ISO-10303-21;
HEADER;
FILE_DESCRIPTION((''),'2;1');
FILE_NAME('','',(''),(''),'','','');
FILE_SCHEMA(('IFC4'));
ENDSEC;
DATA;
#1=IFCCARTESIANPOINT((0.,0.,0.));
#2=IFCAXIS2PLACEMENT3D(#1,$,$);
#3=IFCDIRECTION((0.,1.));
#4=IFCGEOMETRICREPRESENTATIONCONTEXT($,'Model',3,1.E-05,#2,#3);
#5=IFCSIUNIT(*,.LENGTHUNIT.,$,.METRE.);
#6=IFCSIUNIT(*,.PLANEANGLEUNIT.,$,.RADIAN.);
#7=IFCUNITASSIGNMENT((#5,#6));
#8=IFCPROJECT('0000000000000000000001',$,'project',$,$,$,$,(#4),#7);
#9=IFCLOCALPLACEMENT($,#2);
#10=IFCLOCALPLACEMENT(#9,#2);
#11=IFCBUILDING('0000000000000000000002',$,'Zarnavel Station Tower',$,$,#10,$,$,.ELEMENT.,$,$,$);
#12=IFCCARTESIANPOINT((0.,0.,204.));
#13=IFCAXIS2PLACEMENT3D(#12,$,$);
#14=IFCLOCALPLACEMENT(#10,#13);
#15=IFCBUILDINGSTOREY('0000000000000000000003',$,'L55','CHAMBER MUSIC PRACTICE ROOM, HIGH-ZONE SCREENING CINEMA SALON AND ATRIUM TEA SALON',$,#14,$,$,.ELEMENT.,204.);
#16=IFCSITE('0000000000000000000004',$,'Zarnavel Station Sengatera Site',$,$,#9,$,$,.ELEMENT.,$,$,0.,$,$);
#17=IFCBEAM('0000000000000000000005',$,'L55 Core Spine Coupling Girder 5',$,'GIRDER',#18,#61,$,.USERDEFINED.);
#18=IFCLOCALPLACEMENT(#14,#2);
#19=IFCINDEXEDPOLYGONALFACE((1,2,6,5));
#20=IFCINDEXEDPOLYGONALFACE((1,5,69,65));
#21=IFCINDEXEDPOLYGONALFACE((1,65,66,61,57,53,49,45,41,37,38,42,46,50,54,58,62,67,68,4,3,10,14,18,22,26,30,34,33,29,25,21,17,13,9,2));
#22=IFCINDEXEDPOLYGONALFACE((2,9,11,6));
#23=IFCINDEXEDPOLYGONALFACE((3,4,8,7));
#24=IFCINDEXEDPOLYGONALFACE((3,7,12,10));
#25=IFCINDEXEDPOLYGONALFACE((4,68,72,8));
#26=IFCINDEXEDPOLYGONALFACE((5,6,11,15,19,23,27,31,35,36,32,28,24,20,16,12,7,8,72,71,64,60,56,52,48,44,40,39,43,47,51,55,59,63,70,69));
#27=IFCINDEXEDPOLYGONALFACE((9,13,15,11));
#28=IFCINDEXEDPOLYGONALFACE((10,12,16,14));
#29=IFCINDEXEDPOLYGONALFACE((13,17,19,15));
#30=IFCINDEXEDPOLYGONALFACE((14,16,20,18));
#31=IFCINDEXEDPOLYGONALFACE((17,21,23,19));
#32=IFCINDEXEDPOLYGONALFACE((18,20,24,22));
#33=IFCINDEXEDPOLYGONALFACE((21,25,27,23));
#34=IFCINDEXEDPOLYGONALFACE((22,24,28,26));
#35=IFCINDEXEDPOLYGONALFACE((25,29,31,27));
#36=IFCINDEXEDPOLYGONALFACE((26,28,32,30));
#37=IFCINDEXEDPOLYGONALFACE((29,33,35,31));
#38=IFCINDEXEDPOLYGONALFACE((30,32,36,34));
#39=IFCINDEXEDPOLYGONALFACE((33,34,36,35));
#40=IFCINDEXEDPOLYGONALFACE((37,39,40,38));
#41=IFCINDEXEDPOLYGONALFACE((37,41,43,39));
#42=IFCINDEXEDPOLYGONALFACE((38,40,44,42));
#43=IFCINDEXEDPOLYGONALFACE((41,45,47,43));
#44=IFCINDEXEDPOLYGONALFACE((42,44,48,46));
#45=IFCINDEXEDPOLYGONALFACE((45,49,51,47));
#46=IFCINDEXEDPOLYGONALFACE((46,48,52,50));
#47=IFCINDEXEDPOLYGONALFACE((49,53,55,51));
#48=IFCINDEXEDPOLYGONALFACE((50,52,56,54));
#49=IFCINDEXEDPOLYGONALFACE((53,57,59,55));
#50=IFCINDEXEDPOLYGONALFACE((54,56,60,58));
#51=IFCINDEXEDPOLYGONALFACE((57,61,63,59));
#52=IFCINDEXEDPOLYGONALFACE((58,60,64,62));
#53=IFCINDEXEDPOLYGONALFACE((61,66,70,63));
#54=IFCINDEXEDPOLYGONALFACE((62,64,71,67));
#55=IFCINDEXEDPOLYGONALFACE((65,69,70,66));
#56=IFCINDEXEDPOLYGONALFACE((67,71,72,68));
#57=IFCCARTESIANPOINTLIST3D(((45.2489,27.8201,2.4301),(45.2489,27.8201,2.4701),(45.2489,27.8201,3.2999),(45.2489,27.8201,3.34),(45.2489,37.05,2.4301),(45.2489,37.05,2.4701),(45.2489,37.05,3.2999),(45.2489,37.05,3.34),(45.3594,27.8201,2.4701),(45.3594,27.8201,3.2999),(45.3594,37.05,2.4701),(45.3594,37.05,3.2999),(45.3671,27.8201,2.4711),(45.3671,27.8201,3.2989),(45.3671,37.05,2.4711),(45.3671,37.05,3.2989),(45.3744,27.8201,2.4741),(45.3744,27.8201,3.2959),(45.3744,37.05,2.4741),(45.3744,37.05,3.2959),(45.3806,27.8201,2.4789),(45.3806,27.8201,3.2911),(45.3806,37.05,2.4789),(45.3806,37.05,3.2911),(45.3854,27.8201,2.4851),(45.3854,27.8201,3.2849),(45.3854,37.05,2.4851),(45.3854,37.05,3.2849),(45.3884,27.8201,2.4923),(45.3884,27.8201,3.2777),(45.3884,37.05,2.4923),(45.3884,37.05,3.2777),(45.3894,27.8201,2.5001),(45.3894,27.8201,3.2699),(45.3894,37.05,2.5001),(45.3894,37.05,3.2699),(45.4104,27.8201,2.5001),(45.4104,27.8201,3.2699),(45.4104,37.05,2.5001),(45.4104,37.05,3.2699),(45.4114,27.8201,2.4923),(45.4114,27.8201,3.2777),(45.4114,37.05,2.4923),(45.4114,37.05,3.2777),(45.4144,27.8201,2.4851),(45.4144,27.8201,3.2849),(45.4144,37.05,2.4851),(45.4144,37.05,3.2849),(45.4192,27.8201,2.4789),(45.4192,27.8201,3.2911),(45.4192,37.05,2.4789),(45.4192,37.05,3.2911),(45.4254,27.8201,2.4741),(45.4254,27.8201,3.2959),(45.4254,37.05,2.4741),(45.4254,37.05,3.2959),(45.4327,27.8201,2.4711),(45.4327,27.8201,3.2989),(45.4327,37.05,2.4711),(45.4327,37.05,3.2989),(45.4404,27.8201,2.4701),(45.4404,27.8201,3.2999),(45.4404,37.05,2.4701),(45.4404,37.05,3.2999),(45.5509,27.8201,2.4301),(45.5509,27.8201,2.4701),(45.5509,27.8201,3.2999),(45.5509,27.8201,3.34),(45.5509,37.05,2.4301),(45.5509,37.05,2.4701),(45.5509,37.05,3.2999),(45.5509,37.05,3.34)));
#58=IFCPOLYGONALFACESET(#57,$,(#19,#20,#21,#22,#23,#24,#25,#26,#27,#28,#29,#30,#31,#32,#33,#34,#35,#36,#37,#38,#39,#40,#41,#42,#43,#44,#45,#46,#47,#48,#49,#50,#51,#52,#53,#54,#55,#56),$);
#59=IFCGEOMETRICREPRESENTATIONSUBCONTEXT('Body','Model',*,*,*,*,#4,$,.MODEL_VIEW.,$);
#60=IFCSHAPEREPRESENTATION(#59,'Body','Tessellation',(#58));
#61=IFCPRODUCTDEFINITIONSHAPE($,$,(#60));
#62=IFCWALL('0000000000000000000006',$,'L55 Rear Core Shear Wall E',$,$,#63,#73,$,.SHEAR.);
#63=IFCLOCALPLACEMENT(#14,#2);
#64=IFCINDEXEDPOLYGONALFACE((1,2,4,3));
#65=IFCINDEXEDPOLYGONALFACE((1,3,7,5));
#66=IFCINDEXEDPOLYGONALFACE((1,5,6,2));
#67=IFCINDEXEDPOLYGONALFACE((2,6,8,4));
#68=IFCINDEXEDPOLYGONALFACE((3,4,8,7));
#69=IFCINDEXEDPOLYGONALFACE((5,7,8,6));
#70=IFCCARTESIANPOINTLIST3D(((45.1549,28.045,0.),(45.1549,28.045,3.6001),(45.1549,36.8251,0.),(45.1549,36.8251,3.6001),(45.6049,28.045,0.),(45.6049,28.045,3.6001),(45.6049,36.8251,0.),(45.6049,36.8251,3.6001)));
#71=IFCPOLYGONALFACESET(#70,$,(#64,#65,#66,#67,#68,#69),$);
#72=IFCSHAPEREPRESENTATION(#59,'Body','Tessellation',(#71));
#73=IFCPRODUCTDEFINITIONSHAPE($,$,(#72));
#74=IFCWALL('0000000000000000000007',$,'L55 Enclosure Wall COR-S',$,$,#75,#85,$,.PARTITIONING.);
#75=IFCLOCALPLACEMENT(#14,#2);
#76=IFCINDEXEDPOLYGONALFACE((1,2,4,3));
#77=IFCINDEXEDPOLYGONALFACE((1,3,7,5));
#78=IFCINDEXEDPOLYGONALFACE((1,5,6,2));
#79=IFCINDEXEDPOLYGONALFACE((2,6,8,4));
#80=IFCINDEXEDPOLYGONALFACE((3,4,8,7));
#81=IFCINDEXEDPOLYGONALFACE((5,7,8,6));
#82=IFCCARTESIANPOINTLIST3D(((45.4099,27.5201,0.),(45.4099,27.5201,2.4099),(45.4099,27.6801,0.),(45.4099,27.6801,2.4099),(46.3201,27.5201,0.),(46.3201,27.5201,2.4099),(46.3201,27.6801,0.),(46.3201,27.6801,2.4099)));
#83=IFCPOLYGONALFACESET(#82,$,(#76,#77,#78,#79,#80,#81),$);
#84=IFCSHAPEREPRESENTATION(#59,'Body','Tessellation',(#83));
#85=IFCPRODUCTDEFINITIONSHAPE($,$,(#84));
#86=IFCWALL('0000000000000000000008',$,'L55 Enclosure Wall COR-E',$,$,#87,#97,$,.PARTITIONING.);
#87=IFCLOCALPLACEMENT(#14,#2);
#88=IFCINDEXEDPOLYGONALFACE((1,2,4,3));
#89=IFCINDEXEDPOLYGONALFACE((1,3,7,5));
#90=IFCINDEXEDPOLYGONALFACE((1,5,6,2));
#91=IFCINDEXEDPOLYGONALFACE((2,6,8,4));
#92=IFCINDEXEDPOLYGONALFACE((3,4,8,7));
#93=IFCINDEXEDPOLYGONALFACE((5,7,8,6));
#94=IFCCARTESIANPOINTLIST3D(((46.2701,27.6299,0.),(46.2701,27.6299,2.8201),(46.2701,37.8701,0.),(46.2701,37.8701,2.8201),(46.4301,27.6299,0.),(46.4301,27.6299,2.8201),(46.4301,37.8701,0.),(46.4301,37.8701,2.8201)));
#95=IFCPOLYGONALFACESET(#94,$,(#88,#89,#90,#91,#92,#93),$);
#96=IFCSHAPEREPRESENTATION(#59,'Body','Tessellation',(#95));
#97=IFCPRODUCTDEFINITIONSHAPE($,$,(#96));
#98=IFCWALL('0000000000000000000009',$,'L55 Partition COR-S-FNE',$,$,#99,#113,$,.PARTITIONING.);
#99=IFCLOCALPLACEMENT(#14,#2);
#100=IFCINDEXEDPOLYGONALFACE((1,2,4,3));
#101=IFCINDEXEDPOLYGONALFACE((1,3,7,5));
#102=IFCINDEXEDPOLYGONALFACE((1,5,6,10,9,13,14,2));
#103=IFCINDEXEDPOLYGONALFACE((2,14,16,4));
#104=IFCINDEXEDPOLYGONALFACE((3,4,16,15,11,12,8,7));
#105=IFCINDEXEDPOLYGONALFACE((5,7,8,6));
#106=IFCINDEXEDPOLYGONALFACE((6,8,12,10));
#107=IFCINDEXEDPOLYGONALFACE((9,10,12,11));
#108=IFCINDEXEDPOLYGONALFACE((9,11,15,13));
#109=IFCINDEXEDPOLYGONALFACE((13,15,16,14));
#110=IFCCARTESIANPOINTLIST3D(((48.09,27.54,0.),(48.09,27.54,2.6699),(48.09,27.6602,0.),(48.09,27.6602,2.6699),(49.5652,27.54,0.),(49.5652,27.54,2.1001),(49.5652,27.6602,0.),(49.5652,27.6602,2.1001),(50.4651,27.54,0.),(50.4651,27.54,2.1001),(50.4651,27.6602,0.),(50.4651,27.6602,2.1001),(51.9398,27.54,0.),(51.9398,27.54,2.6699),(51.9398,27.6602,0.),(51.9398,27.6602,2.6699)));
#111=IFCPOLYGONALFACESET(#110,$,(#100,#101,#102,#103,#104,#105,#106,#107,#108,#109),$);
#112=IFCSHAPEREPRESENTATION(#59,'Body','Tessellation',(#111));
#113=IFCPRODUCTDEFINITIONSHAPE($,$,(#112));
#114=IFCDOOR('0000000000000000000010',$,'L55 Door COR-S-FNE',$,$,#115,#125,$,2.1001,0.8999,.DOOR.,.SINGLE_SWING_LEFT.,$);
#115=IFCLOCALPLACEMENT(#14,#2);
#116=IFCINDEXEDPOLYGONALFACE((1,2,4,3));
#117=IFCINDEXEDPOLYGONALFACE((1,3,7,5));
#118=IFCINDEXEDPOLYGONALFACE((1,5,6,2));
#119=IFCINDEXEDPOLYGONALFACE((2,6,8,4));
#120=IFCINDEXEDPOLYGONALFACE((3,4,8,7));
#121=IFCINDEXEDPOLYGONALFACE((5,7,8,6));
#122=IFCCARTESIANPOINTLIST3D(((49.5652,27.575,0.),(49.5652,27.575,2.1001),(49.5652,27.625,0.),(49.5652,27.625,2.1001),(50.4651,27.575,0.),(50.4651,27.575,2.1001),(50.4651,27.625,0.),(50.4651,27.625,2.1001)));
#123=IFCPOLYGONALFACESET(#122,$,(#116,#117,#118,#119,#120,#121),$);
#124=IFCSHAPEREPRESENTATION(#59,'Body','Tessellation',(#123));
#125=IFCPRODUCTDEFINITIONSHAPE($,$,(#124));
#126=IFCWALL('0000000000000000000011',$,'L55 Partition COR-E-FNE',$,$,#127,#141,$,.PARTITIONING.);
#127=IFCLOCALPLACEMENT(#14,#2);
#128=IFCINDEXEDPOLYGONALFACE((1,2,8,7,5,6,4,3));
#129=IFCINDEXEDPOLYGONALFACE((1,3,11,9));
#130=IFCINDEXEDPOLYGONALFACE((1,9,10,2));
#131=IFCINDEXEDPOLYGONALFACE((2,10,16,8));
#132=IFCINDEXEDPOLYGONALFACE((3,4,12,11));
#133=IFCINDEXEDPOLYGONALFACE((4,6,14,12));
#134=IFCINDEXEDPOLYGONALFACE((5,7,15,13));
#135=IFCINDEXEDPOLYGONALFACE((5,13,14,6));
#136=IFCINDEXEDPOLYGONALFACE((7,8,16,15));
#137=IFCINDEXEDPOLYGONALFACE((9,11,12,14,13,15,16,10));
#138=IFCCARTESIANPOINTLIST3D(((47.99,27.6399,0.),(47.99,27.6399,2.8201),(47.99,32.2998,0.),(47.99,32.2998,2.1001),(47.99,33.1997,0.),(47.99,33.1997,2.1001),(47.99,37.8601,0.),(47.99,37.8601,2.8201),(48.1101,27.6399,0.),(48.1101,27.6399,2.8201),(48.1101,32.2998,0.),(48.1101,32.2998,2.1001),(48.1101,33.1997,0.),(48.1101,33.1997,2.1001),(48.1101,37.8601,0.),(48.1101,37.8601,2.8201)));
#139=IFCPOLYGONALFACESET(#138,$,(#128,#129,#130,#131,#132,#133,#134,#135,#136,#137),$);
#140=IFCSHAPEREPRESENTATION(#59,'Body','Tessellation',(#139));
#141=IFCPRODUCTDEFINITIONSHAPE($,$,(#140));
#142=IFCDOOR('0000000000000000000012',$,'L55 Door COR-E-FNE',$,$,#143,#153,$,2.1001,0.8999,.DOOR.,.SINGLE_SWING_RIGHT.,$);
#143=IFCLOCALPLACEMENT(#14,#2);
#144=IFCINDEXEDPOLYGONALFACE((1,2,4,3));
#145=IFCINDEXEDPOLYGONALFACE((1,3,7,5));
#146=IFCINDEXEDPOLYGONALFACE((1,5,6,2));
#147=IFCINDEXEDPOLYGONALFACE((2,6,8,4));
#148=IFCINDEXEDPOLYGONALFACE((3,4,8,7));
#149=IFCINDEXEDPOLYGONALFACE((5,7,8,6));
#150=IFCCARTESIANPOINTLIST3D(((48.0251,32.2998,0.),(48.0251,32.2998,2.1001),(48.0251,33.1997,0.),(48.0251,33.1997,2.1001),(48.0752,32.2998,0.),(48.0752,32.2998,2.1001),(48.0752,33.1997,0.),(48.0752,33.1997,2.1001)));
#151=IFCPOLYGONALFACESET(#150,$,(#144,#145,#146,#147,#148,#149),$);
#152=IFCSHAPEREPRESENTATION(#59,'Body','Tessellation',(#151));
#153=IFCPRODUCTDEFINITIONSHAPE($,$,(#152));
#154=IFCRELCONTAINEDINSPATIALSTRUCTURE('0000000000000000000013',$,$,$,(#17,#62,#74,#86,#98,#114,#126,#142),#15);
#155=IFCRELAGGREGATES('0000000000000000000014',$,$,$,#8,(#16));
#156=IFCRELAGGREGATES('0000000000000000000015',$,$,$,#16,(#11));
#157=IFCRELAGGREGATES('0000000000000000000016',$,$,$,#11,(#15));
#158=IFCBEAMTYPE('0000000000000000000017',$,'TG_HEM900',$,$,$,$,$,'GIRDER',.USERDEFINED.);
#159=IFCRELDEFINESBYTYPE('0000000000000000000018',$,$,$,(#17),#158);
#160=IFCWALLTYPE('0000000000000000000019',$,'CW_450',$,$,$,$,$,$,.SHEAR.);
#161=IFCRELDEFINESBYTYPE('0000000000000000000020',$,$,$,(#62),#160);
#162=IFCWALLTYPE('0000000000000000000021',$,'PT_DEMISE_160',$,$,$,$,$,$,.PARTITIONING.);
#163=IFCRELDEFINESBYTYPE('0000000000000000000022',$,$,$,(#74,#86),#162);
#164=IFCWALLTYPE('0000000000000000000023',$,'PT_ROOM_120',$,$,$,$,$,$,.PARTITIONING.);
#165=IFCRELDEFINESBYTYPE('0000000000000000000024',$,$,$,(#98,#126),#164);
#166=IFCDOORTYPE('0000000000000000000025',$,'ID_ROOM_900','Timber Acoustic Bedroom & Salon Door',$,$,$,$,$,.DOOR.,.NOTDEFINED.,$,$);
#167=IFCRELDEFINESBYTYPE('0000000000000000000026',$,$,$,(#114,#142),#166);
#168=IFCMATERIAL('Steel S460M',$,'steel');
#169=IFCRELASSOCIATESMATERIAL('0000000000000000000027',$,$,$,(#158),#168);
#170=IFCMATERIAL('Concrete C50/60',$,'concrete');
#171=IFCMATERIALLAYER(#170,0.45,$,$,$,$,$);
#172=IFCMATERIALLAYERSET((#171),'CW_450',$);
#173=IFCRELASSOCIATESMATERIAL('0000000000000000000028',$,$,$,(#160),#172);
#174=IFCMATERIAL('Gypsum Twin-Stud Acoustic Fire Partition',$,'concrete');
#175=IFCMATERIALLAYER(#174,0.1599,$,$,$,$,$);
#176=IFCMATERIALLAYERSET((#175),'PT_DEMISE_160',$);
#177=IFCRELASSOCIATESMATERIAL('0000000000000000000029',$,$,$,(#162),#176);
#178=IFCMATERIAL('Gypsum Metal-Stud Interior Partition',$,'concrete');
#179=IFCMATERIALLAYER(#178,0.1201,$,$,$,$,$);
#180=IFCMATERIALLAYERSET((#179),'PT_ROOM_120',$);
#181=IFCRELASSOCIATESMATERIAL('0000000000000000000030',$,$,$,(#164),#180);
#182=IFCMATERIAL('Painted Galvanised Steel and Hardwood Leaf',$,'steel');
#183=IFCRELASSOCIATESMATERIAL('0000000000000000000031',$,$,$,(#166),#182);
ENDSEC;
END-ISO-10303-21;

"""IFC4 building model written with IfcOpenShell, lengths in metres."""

from ifc_helpers import new_model, si_unit, direction, frame, frame_2d, origin, origin_2d, place, context, subcontext, project, spatial, rectangle, i_section, extrude, material, layer, layer_set, material_profile, profile_set, type_object, element, fill, save


model = new_model("IFC4")

# Units and contexts
model_context = context("Model", 3, precision=1e-05, world=origin(), true_north=direction((0.0, 1.0)))
body_context = subcontext(model_context, "Body", "Model", "MODEL_VIEW")
ifc_project = project(units=[si_unit("LENGTHUNIT", "METRE"), si_unit("PLANEANGLEUNIT", "RADIAN")], contexts=[model_context])

# Site, building, storey
site_placement = place(None, origin())
site = spatial("IfcSite", under=ifc_project, at=site_placement, Name="Zarnavel Station Sengatera Site", CompositionType="ELEMENT", RefElevation=0.0)
building_placement = place(site_placement, origin())
building = spatial("IfcBuilding", under=site, at=building_placement, Name="Zarnavel Station Tower", CompositionType="ELEMENT")
storey_placement = place(building_placement, frame((0.0, 0.0, 204.0)))
storey = spatial("IfcBuildingStorey", under=building, at=storey_placement, Name="L55", Description="CHAMBER MUSIC PRACTICE ROOM, HIGH-ZONE SCREENING CINEMA SALON AND ATRIUM TEA SALON", CompositionType="ELEMENT", Elevation=204.0)

# Beam
ifc_material_1 = material(Name="Steel S460M", Category="steel")
ifc_material_profile_1 = material_profile(ifc_material_1, i_section(OverallWidth=0.302, OverallDepth=0.9099, WebThickness=0.021, FlangeThickness=0.04, FilletRadius=0.03, at=origin_2d()), Name="HEM900")
ifc_profile_set_1 = profile_set([ifc_material_profile_1], Name="Steel S460M")
beam_type_1 = type_object("IfcBeamType", Name="TG_HEM900", ElementType="GIRDER", PredefinedType="USERDEFINED", material=ifc_profile_set_1)
beam_1_placement = place(storey_placement, frame((45.3999, 27.8201, 2.885), z_axis=(0.0, 1.0, 0.0), x_axis=(-1.0, 0.0, 0.0)))
element("IfcBeam", 1, at=beam_1_placement, inside=storey, type_object=beam_type_1, Name="L55 Core Spine Coupling Girder 5", ObjectType="GIRDER", PredefinedType="USERDEFINED", context=body_context, shape_type="SweptSolid", body=[
    extrude(i_section(OverallWidth=0.302, OverallDepth=0.9099, WebThickness=0.021, FlangeThickness=0.04, FilletRadius=0.03, at=origin_2d()), origin(), (0.0, 0.0, 1.0), 9.23),
])

# Shared definitions
ifc_material_2 = material(Name="Concrete C50/60", Category="concrete")
ifc_layer_1 = layer(ifc_material_2, 0.45)
ifc_layer_set_1 = layer_set([ifc_layer_1], Name="CW_450")
wall_type_1 = type_object("IfcWallType", Name="CW_450", PredefinedType="SHEAR", material=ifc_layer_set_1)

# Wall
wall_1_placement = place(storey_placement, frame((45.3799, 28.0449, 0.0), z_axis=(0.0, 0.0, 1.0), x_axis=(0.0, 1.0, 0.0)))
element("IfcWall", 2, at=wall_1_placement, inside=storey, type_object=wall_type_1, Name="L55 Rear Core Shear Wall E", PredefinedType="SHEAR", context=body_context, shape_type="SweptSolid", body=[
    extrude(rectangle(XDim=8.78, YDim=0.45, at=frame_2d((4.3901, 0.0))), origin(), (0.0, 0.0, 1.0), 3.6001),
])

# Shared definitions
ifc_material_3 = material(Name="Gypsum Twin-Stud Acoustic Fire Partition", Category="concrete")
ifc_layer_2 = layer(ifc_material_3, 0.1599)
ifc_layer_set_2 = layer_set([ifc_layer_2], Name="PT_DEMISE_160")
wall_type_2 = type_object("IfcWallType", Name="PT_DEMISE_160", PredefinedType="PARTITIONING", material=ifc_layer_set_2)

# Walls
wall_2_placement = place(storey_placement, frame((45.4099, 27.6001, 0.0), z_axis=(0.0, 0.0, 1.0), x_axis=(1.0, 0.0, 0.0)))
element("IfcWall", 3, at=wall_2_placement, inside=storey, type_object=wall_type_2, Name="L55 Enclosure Wall COR-S", PredefinedType="PARTITIONING", context=body_context, shape_type="SweptSolid", body=[
    extrude(rectangle(XDim=0.9102, YDim=0.1599, at=frame_2d((0.4551, 0.0))), origin(), (0.0, 0.0, 1.0), 2.4099),
])
wall_3_placement = place(storey_placement, frame((46.3501, 27.6299, 0.0), z_axis=(0.0, 0.0, 1.0), x_axis=(0.0, 1.0, 0.0)))
element("IfcWall", 4, at=wall_3_placement, inside=storey, type_object=wall_type_2, Name="L55 Enclosure Wall COR-E", PredefinedType="PARTITIONING", context=body_context, shape_type="SweptSolid", body=[
    extrude(rectangle(XDim=10.2402, YDim=0.1599, at=frame_2d((5.1201, 0.0))), origin(), (0.0, 0.0, 1.0), 2.8201),
])

# Walls, openings, doors
ifc_material_4 = material(Name="Gypsum Metal-Stud Interior Partition", Category="concrete")
ifc_layer_3 = layer(ifc_material_4, 0.1201)
ifc_layer_set_3 = layer_set([ifc_layer_3], Name="PT_ROOM_120")
wall_type_3 = type_object("IfcWallType", Name="PT_ROOM_120", PredefinedType="PARTITIONING", material=ifc_layer_set_3)
wall_4_placement = place(storey_placement, frame((48.0901, 27.6001, 0.0), z_axis=(0.0, 0.0, 1.0), x_axis=(1.0, 0.0, 0.0)))
wall_4 = element("IfcWall", 5, at=wall_4_placement, inside=storey, type_object=wall_type_3, Name="L55 Partition COR-S-FNE", PredefinedType="PARTITIONING", context=body_context, shape_type="SweptSolid", body=[
    extrude(rectangle(XDim=3.8499, YDim=0.1201, at=frame_2d((1.9248, 0.0))), origin(), (0.0, 0.0, 1.0), 2.6699),
])
opening_1_placement = place(wall_4_placement, frame((1.4751, 0.0, 0.0)))
opening_1 = element("IfcOpeningElement", 6, at=opening_1_placement, cuts=wall_4, PredefinedType="OPENING", context=body_context, shape_type="SweptSolid", body=[
    extrude(rectangle(XDim=0.8999, YDim=2.1001, at=frame_2d((0.45, 1.05))), frame((0.0, 0.0701, 0.0), z_axis=(0.0, -1.0, 0.0), x_axis=(1.0, 0.0, 0.0)), (0.0, 0.0, 1.0), 0.1401),
])
ifc_material_5 = material(Name="Painted Galvanised Steel and Hardwood Leaf", Category="steel")
door_type_1 = type_object("IfcDoorType", Name="ID_ROOM_900", Description="Timber Acoustic Bedroom & Salon Door", OperationType="NOTDEFINED", PredefinedType="DOOR", material=ifc_material_5)
door_1_placement = place(opening_1_placement, origin())
door_1 = element("IfcDoor", 7, at=door_1_placement, inside=storey, type_object=door_type_1, Name="L55 Door COR-S-FNE", OperationType="SINGLE_SWING_LEFT", OverallHeight=2.1001, OverallWidth=0.8999, PredefinedType="DOOR", context=body_context, shape_type="SweptSolid", body=[
    extrude(rectangle(XDim=0.8999, YDim=2.1001, at=frame_2d((0.45, 1.05))), frame((0.0, 0.0249, 0.0), z_axis=(0.0, -1.0, 0.0), x_axis=(1.0, 0.0, 0.0)), (0.0, 0.0, 1.0), 0.05),
])
fill(opening_1, door_1)
wall_5_placement = place(storey_placement, frame((48.05, 27.6399, 0.0), z_axis=(0.0, 0.0, 1.0), x_axis=(0.0, 1.0, 0.0)))
wall_5 = element("IfcWall", 8, at=wall_5_placement, inside=storey, type_object=wall_type_3, Name="L55 Partition COR-E-FNE", PredefinedType="PARTITIONING", context=body_context, shape_type="SweptSolid", body=[
    extrude(rectangle(XDim=10.2202, YDim=0.1201, at=frame_2d((5.1101, 0.0))), origin(), (0.0, 0.0, 1.0), 2.8201),
])
opening_2_placement = place(wall_5_placement, frame((4.6599, 0.0, 0.0)))
opening_2 = element("IfcOpeningElement", 9, at=opening_2_placement, cuts=wall_5, PredefinedType="OPENING", context=body_context, shape_type="SweptSolid", body=[
    extrude(rectangle(XDim=0.8999, YDim=2.1001, at=frame_2d((0.45, 1.05))), frame((0.0, 0.0701, 0.0), z_axis=(0.0, -1.0, 0.0), x_axis=(1.0, 0.0, 0.0)), (0.0, 0.0, 1.0), 0.1401),
])
door_2_placement = place(opening_2_placement, origin())
door_2 = element("IfcDoor", 10, at=door_2_placement, inside=storey, type_object=door_type_1, Name="L55 Door COR-E-FNE", OperationType="SINGLE_SWING_RIGHT", OverallHeight=2.1001, OverallWidth=0.8999, PredefinedType="DOOR", context=body_context, shape_type="SweptSolid", body=[
    extrude(rectangle(XDim=0.8999, YDim=2.1001, at=frame_2d((0.45, 1.05))), frame((0.0, 0.0249, 0.0), z_axis=(0.0, -1.0, 0.0), x_axis=(1.0, 0.0, 0.0)), (0.0, 0.0, 1.0), 0.05),
])
fill(opening_2, door_2)

save(model, "model.ifc")
